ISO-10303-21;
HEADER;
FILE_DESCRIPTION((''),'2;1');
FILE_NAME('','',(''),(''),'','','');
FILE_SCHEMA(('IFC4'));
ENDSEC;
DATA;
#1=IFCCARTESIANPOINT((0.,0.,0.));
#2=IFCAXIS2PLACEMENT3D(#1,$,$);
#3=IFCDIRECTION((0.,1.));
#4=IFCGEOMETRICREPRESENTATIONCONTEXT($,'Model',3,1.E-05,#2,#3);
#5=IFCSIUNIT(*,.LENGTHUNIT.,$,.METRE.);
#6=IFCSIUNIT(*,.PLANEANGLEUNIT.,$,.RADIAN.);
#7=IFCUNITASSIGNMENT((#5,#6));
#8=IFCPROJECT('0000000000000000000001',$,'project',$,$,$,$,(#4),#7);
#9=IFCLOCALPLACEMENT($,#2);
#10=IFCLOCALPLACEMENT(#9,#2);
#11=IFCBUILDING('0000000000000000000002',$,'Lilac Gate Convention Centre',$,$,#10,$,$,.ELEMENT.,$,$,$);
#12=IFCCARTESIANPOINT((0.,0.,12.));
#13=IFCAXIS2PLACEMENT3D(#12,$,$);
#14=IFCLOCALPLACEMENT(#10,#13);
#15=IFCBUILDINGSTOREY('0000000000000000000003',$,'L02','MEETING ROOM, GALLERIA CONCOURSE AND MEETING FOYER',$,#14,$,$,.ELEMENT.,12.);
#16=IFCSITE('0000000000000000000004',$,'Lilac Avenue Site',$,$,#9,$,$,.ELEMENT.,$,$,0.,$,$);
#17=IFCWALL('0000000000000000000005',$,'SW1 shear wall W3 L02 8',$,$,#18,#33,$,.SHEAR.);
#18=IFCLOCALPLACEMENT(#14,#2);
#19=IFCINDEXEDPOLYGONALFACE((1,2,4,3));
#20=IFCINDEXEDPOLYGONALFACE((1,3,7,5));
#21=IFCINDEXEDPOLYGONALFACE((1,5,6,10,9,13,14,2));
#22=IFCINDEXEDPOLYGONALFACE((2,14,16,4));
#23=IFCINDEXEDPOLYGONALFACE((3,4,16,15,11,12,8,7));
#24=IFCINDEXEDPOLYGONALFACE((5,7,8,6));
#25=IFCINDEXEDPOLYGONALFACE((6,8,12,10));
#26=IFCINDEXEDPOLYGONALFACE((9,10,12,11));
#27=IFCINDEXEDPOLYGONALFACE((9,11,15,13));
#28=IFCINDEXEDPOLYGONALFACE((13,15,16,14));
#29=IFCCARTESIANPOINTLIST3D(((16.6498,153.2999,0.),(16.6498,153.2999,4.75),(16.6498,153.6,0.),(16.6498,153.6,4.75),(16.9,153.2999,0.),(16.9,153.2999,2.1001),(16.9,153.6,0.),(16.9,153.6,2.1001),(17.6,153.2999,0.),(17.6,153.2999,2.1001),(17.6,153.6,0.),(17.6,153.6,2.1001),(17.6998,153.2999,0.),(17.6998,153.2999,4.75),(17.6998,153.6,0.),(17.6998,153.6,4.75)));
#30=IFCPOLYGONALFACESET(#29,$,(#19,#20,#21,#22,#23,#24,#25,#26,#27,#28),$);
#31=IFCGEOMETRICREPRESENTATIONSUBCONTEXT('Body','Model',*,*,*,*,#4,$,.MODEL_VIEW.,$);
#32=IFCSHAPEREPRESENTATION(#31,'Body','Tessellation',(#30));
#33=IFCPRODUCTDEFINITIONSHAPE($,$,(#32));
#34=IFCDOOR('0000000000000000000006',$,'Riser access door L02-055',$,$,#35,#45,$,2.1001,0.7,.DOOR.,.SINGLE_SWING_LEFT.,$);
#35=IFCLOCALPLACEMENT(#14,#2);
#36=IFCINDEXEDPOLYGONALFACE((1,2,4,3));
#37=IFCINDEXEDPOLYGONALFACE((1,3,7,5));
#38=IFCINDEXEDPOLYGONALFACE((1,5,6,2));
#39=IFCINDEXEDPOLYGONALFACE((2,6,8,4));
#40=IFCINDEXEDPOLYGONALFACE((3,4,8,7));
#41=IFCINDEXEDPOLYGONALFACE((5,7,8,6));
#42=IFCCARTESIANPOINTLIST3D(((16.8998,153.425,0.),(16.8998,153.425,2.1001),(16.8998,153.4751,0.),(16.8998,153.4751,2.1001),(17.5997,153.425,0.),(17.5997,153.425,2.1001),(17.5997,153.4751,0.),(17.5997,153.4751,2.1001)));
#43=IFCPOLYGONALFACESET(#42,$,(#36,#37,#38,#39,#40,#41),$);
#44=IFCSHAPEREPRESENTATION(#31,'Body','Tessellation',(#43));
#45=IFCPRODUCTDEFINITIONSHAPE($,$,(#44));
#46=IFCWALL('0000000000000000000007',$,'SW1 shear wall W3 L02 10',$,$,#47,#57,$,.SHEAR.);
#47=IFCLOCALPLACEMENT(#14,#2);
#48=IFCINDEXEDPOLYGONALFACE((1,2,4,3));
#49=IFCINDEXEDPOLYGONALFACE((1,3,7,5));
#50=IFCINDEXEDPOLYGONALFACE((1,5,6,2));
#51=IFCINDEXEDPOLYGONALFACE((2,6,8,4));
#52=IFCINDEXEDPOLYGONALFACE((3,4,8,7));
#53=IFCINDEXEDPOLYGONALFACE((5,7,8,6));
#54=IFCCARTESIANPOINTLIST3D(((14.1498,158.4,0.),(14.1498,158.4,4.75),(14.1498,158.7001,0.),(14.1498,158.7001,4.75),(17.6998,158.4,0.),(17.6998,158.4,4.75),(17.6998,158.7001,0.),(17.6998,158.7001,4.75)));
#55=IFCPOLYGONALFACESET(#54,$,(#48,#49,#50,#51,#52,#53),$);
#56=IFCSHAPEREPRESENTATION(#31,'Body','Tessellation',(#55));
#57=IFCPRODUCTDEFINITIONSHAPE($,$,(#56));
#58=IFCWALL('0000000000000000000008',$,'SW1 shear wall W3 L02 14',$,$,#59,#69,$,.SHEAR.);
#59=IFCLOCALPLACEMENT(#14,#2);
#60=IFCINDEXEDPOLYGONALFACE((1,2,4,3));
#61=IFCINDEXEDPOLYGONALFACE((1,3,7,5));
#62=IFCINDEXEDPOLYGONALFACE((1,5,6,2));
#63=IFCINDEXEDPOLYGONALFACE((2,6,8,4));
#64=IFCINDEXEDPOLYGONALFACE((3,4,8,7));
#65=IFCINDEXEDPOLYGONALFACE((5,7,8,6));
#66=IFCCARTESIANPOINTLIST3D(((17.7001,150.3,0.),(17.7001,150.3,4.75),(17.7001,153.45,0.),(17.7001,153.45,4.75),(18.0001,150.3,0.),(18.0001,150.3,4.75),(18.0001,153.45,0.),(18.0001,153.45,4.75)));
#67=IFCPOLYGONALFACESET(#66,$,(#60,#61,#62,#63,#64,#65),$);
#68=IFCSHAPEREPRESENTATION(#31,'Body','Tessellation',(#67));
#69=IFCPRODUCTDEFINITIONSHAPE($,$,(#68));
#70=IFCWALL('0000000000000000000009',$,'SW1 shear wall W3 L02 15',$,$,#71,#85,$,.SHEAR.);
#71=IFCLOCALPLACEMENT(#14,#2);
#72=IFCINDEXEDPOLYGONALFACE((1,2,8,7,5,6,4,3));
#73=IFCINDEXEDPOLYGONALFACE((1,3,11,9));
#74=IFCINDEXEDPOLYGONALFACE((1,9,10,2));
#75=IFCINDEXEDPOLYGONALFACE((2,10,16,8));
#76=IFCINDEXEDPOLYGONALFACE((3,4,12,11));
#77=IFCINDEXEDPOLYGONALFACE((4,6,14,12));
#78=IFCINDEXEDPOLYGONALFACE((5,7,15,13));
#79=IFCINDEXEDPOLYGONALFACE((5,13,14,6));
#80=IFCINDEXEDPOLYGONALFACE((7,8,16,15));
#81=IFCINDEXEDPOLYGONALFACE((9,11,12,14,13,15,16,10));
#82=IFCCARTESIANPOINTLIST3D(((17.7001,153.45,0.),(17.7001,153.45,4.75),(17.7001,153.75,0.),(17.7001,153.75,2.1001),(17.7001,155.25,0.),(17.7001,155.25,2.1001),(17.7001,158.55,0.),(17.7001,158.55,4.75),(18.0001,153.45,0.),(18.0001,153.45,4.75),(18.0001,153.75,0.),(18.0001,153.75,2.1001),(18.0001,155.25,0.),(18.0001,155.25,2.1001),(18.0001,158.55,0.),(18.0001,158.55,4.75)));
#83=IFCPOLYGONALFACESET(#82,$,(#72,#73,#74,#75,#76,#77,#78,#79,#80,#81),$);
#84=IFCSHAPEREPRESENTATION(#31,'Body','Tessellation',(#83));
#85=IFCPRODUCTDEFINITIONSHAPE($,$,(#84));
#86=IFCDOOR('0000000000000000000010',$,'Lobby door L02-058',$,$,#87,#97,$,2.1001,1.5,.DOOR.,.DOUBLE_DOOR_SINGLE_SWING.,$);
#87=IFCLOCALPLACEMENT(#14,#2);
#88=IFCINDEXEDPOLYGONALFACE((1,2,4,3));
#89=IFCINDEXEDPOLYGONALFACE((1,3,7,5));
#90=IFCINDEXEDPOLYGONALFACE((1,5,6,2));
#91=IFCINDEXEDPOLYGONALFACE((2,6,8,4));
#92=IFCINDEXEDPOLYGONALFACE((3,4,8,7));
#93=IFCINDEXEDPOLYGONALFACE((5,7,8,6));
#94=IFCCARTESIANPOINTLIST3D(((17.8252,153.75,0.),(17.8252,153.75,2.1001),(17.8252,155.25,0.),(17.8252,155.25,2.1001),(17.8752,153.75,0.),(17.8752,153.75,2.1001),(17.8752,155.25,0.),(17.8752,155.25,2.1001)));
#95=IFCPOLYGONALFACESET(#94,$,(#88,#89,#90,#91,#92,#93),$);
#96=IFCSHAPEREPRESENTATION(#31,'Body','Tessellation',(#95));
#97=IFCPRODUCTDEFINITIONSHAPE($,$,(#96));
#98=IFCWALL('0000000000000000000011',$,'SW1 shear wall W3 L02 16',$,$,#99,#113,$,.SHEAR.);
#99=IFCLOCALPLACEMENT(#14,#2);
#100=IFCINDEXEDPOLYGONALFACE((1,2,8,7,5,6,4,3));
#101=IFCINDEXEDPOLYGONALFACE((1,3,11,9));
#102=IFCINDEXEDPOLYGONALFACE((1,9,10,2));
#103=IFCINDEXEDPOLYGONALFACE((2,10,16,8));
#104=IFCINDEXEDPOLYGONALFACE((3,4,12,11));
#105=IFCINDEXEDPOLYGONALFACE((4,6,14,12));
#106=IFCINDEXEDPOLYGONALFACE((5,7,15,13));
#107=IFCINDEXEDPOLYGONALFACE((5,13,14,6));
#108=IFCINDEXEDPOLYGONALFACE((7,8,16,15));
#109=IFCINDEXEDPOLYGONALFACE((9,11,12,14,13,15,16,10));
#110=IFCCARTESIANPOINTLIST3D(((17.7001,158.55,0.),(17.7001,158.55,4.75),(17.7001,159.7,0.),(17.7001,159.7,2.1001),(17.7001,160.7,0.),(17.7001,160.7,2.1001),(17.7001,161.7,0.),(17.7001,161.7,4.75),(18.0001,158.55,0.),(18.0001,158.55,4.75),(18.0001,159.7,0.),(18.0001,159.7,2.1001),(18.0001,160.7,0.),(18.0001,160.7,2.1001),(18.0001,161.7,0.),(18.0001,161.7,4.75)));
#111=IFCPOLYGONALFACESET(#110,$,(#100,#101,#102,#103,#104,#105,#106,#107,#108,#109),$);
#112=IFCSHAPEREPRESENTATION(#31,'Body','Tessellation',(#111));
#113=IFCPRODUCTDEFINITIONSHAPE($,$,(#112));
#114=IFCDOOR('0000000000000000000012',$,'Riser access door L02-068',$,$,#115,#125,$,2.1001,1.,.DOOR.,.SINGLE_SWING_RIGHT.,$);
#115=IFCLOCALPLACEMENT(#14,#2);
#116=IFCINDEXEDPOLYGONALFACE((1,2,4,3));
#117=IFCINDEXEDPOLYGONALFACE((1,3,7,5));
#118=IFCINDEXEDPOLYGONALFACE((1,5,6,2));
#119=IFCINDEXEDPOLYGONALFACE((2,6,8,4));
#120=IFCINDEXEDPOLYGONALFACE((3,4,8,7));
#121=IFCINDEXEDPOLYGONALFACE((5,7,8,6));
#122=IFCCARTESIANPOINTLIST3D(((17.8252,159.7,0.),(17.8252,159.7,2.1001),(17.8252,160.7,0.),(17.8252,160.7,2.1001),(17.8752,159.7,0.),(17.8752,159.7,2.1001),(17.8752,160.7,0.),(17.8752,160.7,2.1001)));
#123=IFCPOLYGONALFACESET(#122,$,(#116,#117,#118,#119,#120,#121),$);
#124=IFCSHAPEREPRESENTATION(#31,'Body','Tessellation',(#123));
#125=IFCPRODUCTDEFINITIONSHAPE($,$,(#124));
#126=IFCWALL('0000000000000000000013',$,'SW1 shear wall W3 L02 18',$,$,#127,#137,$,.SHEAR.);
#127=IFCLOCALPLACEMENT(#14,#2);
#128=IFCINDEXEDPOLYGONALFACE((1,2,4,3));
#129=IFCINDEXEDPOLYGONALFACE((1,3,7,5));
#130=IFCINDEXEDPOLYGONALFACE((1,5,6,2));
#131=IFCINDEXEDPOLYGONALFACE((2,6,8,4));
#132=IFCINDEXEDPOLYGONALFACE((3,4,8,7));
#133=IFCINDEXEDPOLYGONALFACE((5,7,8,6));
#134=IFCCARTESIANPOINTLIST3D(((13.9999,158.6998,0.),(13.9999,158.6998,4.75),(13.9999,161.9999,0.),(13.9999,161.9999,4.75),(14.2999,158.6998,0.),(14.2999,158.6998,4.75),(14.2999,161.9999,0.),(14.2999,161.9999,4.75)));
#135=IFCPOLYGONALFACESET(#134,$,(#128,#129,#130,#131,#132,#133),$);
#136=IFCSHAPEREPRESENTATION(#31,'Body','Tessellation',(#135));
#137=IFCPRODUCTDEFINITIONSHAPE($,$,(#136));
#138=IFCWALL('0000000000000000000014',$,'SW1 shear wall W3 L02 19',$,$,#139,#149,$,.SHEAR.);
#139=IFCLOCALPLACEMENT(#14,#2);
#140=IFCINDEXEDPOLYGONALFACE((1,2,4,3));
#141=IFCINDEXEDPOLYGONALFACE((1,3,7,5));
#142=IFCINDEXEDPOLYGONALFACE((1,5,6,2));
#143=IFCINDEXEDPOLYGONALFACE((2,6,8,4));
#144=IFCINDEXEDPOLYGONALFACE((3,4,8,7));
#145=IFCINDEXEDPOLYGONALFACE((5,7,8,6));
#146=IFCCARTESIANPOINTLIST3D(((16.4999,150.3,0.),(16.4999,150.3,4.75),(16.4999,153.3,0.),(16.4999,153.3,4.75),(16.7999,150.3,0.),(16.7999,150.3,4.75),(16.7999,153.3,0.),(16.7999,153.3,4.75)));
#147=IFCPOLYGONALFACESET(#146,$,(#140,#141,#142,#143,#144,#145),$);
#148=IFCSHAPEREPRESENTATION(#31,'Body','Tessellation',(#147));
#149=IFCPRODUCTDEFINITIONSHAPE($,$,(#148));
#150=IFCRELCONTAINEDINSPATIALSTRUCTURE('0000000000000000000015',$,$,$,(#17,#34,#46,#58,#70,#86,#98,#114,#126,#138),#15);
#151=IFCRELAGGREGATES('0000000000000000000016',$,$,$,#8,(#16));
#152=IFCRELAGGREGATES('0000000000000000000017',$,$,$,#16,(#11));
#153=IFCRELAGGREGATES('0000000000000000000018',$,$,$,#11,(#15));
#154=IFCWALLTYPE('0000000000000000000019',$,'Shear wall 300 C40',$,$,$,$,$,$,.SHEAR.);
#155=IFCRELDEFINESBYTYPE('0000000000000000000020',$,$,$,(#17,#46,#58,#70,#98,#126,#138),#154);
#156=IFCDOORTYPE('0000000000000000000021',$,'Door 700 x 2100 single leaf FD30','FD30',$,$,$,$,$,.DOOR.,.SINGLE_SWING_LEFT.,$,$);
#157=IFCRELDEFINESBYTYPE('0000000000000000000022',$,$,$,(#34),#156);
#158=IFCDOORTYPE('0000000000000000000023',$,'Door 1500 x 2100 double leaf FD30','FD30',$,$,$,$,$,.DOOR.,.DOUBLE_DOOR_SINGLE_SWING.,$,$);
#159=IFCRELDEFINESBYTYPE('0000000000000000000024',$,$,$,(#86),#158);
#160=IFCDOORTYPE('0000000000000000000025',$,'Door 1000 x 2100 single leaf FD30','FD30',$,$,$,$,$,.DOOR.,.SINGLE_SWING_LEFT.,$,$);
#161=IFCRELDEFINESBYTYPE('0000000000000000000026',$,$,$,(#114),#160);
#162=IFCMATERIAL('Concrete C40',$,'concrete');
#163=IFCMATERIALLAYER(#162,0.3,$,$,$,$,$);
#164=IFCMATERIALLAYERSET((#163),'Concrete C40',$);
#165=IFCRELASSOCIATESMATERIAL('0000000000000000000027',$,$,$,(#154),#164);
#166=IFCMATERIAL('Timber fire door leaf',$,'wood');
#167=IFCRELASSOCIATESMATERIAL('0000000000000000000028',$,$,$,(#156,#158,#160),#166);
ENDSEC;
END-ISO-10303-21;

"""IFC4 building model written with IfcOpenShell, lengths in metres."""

from ifc_helpers import new_model, si_unit, direction, frame, frame_2d, origin, place, context, subcontext, project, spatial, rectangle, extrude, material, layer, layer_set, type_object, element, fill, save


model = new_model("IFC4")

# Units and contexts
model_context = context("Model", 3, precision=1e-05, world=origin(), true_north=direction((0.0, 1.0)))
body_context = subcontext(model_context, "Body", "Model", "MODEL_VIEW")
ifc_project = project(units=[si_unit("LENGTHUNIT", "METRE"), si_unit("PLANEANGLEUNIT", "RADIAN")], contexts=[model_context])

# Site, building, storey
site_placement = place(None, origin())
site = spatial("IfcSite", under=ifc_project, at=site_placement, Name="Lilac Avenue Site", CompositionType="ELEMENT", RefElevation=0.0)
building_placement = place(site_placement, origin())
building = spatial("IfcBuilding", under=site, at=building_placement, Name="Lilac Gate Convention Centre", CompositionType="ELEMENT")
storey_placement = place(building_placement, frame((0.0, 0.0, 12.0)))
storey = spatial("IfcBuildingStorey", under=building, at=storey_placement, Name="L02", Description="MEETING ROOM, GALLERIA CONCOURSE AND MEETING FOYER", CompositionType="ELEMENT", Elevation=12.0)

# Shared definitions
ifc_material_1 = material(Name="Concrete C40", Category="concrete")

# Shared definitions
ifc_layer_1 = layer(ifc_material_1, 0.3)
ifc_layer_set_1 = layer_set([ifc_layer_1], Name="Concrete C40")
wall_type_1 = type_object("IfcWallType", Name="Shear wall 300 C40", PredefinedType="SHEAR", material=ifc_layer_set_1)

# Wall, opening, door
wall_1_placement = place(storey_placement, frame((16.6499, 153.45, 0.0), z_axis=(0.0, 0.0, 1.0), x_axis=(1.0, 0.0, 0.0)))
wall_1 = element("IfcWall", 1, at=wall_1_placement, inside=storey, type_object=wall_type_1, Name="SW1 shear wall W3 L02 8", PredefinedType="SHEAR", context=body_context, shape_type="SweptSolid", body=[
    extrude(rectangle(XDim=1.05, YDim=0.3, at=frame_2d((0.5249, 0.0))), origin(), (0.0, 0.0, 1.0), 4.75),
])
opening_1_placement = place(wall_1_placement, frame((0.25, 0.0, 0.0)))
opening_1 = element("IfcOpeningElement", 2, at=opening_1_placement, cuts=wall_1, PredefinedType="OPENING", context=body_context, shape_type="SweptSolid", body=[
    extrude(rectangle(XDim=0.7, YDim=2.1001, at=frame_2d((0.3501, 1.05))), frame((0.0, 0.1599, 0.0), z_axis=(0.0, -1.0, 0.0), x_axis=(1.0, 0.0, 0.0)), (0.0, 0.0, 1.0), 0.3201),
])
ifc_material_2 = material(Name="Timber fire door leaf", Category="wood")
door_type_1 = type_object("IfcDoorType", Name="Door 700 x 2100 single leaf FD30", Description="FD30", OperationType="SINGLE_SWING_LEFT", PredefinedType="DOOR", material=ifc_material_2)
door_1_placement = place(opening_1_placement, frame((0.7, 0.0, 0.0), z_axis=(0.0, 0.0, 1.0), x_axis=(-1.0, 0.0, 0.0)))
door_1 = element("IfcDoor", 3, at=door_1_placement, inside=storey, type_object=door_type_1, Name="Riser access door L02-055", OperationType="SINGLE_SWING_LEFT", OverallHeight=2.1001, OverallWidth=0.7, PredefinedType="DOOR", context=body_context, shape_type="SweptSolid", body=[
    extrude(rectangle(XDim=0.7, YDim=2.1001, at=frame_2d((0.3501, 1.05))), frame((0.0, 0.0249, 0.0), z_axis=(0.0, -1.0, 0.0), x_axis=(1.0, 0.0, 0.0)), (0.0, 0.0, 1.0), 0.05),
])
fill(opening_1, door_1)

# Walls
wall_2_placement = place(storey_placement, frame((14.1499, 158.55, 0.0), z_axis=(0.0, 0.0, 1.0), x_axis=(1.0, 0.0, 0.0)))
element("IfcWall", 4, at=wall_2_placement, inside=storey, type_object=wall_type_1, Name="SW1 shear wall W3 L02 10", PredefinedType="SHEAR", context=body_context, shape_type="SweptSolid", body=[
    extrude(rectangle(XDim=3.55, YDim=0.3, at=frame_2d((1.7749, 0.0))), origin(), (0.0, 0.0, 1.0), 4.75),
])
wall_3_placement = place(storey_placement, frame((17.8501, 150.3, 0.0), z_axis=(0.0, 0.0, 1.0), x_axis=(0.0, 1.0, 0.0)))
element("IfcWall", 5, at=wall_3_placement, inside=storey, type_object=wall_type_1, Name="SW1 shear wall W3 L02 14", PredefinedType="SHEAR", context=body_context, shape_type="SweptSolid", body=[
    extrude(rectangle(XDim=3.1499, YDim=0.3, at=frame_2d((1.575, 0.0))), origin(), (0.0, 0.0, 1.0), 4.75),
])

# Walls, openings, doors
wall_4_placement = place(storey_placement, frame((17.8501, 153.45, 0.0), z_axis=(0.0, 0.0, 1.0), x_axis=(0.0, 1.0, 0.0)))
wall_4 = element("IfcWall", 6, at=wall_4_placement, inside=storey, type_object=wall_type_1, Name="SW1 shear wall W3 L02 15", PredefinedType="SHEAR", context=body_context, shape_type="SweptSolid", body=[
    extrude(rectangle(XDim=5.1001, YDim=0.3, at=frame_2d((2.55, 0.0))), origin(), (0.0, 0.0, 1.0), 4.75),
])
opening_2_placement = place(wall_4_placement, frame((0.3, 0.0, 0.0)))
opening_2 = element("IfcOpeningElement", 7, at=opening_2_placement, cuts=wall_4, PredefinedType="OPENING", context=body_context, shape_type="SweptSolid", body=[
    extrude(rectangle(XDim=1.5, YDim=2.1001, at=frame_2d((0.75, 1.05))), frame((0.0, 0.1599, 0.0), z_axis=(0.0, -1.0, 0.0), x_axis=(1.0, 0.0, 0.0)), (0.0, 0.0, 1.0), 0.3201),
])
door_type_2 = type_object("IfcDoorType", Name="Door 1500 x 2100 double leaf FD30", Description="FD30", OperationType="DOUBLE_DOOR_SINGLE_SWING", PredefinedType="DOOR", material=ifc_material_2)
door_2_placement = place(opening_2_placement, origin())
door_2 = element("IfcDoor", 8, at=door_2_placement, inside=storey, type_object=door_type_2, Name="Lobby door L02-058", OperationType="DOUBLE_DOOR_SINGLE_SWING", OverallHeight=2.1001, OverallWidth=1.5, PredefinedType="DOOR", context=body_context, shape_type="SweptSolid", body=[
    extrude(rectangle(XDim=1.5, YDim=2.1001, at=frame_2d((0.75, 1.05))), frame((0.0, 0.0249, 0.0), z_axis=(0.0, -1.0, 0.0), x_axis=(1.0, 0.0, 0.0)), (0.0, 0.0, 1.0), 0.05),
])
fill(opening_2, door_2)
wall_5_placement = place(storey_placement, frame((17.8501, 158.55, 0.0), z_axis=(0.0, 0.0, 1.0), x_axis=(0.0, 1.0, 0.0)))
wall_5 = element("IfcWall", 9, at=wall_5_placement, inside=storey, type_object=wall_type_1, Name="SW1 shear wall W3 L02 16", PredefinedType="SHEAR", context=body_context, shape_type="SweptSolid", body=[
    extrude(rectangle(XDim=3.1499, YDim=0.3, at=frame_2d((1.575, 0.0))), origin(), (0.0, 0.0, 1.0), 4.75),
])
opening_3_placement = place(wall_5_placement, frame((1.1499, 0.0, 0.0)))
opening_3 = element("IfcOpeningElement", 10, at=opening_3_placement, cuts=wall_5, PredefinedType="OPENING", context=body_context, shape_type="SweptSolid", body=[
    extrude(rectangle(XDim=1.0, YDim=2.1001, at=frame_2d((0.5, 1.05))), frame((0.0, 0.1599, 0.0), z_axis=(0.0, -1.0, 0.0), x_axis=(1.0, 0.0, 0.0)), (0.0, 0.0, 1.0), 0.3201),
])
door_type_3 = type_object("IfcDoorType", Name="Door 1000 x 2100 single leaf FD30", Description="FD30", OperationType="SINGLE_SWING_LEFT", PredefinedType="DOOR", material=ifc_material_2)
door_3_placement = place(opening_3_placement, origin())
door_3 = element("IfcDoor", 11, at=door_3_placement, inside=storey, type_object=door_type_3, Name="Riser access door L02-068", OperationType="SINGLE_SWING_RIGHT", OverallHeight=2.1001, OverallWidth=1.0, PredefinedType="DOOR", context=body_context, shape_type="SweptSolid", body=[
    extrude(rectangle(XDim=1.0, YDim=2.1001, at=frame_2d((0.5, 1.05))), frame((0.0, 0.0249, 0.0), z_axis=(0.0, -1.0, 0.0), x_axis=(1.0, 0.0, 0.0)), (0.0, 0.0, 1.0), 0.05),
])
fill(opening_3, door_3)

# Walls
wall_6_placement = place(storey_placement, frame((14.1499, 158.7, 0.0), z_axis=(0.0, 0.0, 1.0), x_axis=(0.0, 1.0, 0.0)))
element("IfcWall", 12, at=wall_6_placement, inside=storey, type_object=wall_type_1, Name="SW1 shear wall W3 L02 18", PredefinedType="SHEAR", context=body_context, shape_type="SweptSolid", body=[
    extrude(rectangle(XDim=3.3, YDim=0.3, at=frame_2d((1.6499, 0.0))), origin(), (0.0, 0.0, 1.0), 4.75),
])
wall_7_placement = place(storey_placement, frame((16.6499, 150.3, 0.0), z_axis=(0.0, 0.0, 1.0), x_axis=(0.0, 1.0, 0.0)))
element("IfcWall", 13, at=wall_7_placement, inside=storey, type_object=wall_type_1, Name="SW1 shear wall W3 L02 19", PredefinedType="SHEAR", context=body_context, shape_type="SweptSolid", body=[
    extrude(rectangle(XDim=3.0, YDim=0.3, at=frame_2d((1.5, 0.0))), origin(), (0.0, 0.0, 1.0), 4.75),
])

save(model, "model.ifc")
